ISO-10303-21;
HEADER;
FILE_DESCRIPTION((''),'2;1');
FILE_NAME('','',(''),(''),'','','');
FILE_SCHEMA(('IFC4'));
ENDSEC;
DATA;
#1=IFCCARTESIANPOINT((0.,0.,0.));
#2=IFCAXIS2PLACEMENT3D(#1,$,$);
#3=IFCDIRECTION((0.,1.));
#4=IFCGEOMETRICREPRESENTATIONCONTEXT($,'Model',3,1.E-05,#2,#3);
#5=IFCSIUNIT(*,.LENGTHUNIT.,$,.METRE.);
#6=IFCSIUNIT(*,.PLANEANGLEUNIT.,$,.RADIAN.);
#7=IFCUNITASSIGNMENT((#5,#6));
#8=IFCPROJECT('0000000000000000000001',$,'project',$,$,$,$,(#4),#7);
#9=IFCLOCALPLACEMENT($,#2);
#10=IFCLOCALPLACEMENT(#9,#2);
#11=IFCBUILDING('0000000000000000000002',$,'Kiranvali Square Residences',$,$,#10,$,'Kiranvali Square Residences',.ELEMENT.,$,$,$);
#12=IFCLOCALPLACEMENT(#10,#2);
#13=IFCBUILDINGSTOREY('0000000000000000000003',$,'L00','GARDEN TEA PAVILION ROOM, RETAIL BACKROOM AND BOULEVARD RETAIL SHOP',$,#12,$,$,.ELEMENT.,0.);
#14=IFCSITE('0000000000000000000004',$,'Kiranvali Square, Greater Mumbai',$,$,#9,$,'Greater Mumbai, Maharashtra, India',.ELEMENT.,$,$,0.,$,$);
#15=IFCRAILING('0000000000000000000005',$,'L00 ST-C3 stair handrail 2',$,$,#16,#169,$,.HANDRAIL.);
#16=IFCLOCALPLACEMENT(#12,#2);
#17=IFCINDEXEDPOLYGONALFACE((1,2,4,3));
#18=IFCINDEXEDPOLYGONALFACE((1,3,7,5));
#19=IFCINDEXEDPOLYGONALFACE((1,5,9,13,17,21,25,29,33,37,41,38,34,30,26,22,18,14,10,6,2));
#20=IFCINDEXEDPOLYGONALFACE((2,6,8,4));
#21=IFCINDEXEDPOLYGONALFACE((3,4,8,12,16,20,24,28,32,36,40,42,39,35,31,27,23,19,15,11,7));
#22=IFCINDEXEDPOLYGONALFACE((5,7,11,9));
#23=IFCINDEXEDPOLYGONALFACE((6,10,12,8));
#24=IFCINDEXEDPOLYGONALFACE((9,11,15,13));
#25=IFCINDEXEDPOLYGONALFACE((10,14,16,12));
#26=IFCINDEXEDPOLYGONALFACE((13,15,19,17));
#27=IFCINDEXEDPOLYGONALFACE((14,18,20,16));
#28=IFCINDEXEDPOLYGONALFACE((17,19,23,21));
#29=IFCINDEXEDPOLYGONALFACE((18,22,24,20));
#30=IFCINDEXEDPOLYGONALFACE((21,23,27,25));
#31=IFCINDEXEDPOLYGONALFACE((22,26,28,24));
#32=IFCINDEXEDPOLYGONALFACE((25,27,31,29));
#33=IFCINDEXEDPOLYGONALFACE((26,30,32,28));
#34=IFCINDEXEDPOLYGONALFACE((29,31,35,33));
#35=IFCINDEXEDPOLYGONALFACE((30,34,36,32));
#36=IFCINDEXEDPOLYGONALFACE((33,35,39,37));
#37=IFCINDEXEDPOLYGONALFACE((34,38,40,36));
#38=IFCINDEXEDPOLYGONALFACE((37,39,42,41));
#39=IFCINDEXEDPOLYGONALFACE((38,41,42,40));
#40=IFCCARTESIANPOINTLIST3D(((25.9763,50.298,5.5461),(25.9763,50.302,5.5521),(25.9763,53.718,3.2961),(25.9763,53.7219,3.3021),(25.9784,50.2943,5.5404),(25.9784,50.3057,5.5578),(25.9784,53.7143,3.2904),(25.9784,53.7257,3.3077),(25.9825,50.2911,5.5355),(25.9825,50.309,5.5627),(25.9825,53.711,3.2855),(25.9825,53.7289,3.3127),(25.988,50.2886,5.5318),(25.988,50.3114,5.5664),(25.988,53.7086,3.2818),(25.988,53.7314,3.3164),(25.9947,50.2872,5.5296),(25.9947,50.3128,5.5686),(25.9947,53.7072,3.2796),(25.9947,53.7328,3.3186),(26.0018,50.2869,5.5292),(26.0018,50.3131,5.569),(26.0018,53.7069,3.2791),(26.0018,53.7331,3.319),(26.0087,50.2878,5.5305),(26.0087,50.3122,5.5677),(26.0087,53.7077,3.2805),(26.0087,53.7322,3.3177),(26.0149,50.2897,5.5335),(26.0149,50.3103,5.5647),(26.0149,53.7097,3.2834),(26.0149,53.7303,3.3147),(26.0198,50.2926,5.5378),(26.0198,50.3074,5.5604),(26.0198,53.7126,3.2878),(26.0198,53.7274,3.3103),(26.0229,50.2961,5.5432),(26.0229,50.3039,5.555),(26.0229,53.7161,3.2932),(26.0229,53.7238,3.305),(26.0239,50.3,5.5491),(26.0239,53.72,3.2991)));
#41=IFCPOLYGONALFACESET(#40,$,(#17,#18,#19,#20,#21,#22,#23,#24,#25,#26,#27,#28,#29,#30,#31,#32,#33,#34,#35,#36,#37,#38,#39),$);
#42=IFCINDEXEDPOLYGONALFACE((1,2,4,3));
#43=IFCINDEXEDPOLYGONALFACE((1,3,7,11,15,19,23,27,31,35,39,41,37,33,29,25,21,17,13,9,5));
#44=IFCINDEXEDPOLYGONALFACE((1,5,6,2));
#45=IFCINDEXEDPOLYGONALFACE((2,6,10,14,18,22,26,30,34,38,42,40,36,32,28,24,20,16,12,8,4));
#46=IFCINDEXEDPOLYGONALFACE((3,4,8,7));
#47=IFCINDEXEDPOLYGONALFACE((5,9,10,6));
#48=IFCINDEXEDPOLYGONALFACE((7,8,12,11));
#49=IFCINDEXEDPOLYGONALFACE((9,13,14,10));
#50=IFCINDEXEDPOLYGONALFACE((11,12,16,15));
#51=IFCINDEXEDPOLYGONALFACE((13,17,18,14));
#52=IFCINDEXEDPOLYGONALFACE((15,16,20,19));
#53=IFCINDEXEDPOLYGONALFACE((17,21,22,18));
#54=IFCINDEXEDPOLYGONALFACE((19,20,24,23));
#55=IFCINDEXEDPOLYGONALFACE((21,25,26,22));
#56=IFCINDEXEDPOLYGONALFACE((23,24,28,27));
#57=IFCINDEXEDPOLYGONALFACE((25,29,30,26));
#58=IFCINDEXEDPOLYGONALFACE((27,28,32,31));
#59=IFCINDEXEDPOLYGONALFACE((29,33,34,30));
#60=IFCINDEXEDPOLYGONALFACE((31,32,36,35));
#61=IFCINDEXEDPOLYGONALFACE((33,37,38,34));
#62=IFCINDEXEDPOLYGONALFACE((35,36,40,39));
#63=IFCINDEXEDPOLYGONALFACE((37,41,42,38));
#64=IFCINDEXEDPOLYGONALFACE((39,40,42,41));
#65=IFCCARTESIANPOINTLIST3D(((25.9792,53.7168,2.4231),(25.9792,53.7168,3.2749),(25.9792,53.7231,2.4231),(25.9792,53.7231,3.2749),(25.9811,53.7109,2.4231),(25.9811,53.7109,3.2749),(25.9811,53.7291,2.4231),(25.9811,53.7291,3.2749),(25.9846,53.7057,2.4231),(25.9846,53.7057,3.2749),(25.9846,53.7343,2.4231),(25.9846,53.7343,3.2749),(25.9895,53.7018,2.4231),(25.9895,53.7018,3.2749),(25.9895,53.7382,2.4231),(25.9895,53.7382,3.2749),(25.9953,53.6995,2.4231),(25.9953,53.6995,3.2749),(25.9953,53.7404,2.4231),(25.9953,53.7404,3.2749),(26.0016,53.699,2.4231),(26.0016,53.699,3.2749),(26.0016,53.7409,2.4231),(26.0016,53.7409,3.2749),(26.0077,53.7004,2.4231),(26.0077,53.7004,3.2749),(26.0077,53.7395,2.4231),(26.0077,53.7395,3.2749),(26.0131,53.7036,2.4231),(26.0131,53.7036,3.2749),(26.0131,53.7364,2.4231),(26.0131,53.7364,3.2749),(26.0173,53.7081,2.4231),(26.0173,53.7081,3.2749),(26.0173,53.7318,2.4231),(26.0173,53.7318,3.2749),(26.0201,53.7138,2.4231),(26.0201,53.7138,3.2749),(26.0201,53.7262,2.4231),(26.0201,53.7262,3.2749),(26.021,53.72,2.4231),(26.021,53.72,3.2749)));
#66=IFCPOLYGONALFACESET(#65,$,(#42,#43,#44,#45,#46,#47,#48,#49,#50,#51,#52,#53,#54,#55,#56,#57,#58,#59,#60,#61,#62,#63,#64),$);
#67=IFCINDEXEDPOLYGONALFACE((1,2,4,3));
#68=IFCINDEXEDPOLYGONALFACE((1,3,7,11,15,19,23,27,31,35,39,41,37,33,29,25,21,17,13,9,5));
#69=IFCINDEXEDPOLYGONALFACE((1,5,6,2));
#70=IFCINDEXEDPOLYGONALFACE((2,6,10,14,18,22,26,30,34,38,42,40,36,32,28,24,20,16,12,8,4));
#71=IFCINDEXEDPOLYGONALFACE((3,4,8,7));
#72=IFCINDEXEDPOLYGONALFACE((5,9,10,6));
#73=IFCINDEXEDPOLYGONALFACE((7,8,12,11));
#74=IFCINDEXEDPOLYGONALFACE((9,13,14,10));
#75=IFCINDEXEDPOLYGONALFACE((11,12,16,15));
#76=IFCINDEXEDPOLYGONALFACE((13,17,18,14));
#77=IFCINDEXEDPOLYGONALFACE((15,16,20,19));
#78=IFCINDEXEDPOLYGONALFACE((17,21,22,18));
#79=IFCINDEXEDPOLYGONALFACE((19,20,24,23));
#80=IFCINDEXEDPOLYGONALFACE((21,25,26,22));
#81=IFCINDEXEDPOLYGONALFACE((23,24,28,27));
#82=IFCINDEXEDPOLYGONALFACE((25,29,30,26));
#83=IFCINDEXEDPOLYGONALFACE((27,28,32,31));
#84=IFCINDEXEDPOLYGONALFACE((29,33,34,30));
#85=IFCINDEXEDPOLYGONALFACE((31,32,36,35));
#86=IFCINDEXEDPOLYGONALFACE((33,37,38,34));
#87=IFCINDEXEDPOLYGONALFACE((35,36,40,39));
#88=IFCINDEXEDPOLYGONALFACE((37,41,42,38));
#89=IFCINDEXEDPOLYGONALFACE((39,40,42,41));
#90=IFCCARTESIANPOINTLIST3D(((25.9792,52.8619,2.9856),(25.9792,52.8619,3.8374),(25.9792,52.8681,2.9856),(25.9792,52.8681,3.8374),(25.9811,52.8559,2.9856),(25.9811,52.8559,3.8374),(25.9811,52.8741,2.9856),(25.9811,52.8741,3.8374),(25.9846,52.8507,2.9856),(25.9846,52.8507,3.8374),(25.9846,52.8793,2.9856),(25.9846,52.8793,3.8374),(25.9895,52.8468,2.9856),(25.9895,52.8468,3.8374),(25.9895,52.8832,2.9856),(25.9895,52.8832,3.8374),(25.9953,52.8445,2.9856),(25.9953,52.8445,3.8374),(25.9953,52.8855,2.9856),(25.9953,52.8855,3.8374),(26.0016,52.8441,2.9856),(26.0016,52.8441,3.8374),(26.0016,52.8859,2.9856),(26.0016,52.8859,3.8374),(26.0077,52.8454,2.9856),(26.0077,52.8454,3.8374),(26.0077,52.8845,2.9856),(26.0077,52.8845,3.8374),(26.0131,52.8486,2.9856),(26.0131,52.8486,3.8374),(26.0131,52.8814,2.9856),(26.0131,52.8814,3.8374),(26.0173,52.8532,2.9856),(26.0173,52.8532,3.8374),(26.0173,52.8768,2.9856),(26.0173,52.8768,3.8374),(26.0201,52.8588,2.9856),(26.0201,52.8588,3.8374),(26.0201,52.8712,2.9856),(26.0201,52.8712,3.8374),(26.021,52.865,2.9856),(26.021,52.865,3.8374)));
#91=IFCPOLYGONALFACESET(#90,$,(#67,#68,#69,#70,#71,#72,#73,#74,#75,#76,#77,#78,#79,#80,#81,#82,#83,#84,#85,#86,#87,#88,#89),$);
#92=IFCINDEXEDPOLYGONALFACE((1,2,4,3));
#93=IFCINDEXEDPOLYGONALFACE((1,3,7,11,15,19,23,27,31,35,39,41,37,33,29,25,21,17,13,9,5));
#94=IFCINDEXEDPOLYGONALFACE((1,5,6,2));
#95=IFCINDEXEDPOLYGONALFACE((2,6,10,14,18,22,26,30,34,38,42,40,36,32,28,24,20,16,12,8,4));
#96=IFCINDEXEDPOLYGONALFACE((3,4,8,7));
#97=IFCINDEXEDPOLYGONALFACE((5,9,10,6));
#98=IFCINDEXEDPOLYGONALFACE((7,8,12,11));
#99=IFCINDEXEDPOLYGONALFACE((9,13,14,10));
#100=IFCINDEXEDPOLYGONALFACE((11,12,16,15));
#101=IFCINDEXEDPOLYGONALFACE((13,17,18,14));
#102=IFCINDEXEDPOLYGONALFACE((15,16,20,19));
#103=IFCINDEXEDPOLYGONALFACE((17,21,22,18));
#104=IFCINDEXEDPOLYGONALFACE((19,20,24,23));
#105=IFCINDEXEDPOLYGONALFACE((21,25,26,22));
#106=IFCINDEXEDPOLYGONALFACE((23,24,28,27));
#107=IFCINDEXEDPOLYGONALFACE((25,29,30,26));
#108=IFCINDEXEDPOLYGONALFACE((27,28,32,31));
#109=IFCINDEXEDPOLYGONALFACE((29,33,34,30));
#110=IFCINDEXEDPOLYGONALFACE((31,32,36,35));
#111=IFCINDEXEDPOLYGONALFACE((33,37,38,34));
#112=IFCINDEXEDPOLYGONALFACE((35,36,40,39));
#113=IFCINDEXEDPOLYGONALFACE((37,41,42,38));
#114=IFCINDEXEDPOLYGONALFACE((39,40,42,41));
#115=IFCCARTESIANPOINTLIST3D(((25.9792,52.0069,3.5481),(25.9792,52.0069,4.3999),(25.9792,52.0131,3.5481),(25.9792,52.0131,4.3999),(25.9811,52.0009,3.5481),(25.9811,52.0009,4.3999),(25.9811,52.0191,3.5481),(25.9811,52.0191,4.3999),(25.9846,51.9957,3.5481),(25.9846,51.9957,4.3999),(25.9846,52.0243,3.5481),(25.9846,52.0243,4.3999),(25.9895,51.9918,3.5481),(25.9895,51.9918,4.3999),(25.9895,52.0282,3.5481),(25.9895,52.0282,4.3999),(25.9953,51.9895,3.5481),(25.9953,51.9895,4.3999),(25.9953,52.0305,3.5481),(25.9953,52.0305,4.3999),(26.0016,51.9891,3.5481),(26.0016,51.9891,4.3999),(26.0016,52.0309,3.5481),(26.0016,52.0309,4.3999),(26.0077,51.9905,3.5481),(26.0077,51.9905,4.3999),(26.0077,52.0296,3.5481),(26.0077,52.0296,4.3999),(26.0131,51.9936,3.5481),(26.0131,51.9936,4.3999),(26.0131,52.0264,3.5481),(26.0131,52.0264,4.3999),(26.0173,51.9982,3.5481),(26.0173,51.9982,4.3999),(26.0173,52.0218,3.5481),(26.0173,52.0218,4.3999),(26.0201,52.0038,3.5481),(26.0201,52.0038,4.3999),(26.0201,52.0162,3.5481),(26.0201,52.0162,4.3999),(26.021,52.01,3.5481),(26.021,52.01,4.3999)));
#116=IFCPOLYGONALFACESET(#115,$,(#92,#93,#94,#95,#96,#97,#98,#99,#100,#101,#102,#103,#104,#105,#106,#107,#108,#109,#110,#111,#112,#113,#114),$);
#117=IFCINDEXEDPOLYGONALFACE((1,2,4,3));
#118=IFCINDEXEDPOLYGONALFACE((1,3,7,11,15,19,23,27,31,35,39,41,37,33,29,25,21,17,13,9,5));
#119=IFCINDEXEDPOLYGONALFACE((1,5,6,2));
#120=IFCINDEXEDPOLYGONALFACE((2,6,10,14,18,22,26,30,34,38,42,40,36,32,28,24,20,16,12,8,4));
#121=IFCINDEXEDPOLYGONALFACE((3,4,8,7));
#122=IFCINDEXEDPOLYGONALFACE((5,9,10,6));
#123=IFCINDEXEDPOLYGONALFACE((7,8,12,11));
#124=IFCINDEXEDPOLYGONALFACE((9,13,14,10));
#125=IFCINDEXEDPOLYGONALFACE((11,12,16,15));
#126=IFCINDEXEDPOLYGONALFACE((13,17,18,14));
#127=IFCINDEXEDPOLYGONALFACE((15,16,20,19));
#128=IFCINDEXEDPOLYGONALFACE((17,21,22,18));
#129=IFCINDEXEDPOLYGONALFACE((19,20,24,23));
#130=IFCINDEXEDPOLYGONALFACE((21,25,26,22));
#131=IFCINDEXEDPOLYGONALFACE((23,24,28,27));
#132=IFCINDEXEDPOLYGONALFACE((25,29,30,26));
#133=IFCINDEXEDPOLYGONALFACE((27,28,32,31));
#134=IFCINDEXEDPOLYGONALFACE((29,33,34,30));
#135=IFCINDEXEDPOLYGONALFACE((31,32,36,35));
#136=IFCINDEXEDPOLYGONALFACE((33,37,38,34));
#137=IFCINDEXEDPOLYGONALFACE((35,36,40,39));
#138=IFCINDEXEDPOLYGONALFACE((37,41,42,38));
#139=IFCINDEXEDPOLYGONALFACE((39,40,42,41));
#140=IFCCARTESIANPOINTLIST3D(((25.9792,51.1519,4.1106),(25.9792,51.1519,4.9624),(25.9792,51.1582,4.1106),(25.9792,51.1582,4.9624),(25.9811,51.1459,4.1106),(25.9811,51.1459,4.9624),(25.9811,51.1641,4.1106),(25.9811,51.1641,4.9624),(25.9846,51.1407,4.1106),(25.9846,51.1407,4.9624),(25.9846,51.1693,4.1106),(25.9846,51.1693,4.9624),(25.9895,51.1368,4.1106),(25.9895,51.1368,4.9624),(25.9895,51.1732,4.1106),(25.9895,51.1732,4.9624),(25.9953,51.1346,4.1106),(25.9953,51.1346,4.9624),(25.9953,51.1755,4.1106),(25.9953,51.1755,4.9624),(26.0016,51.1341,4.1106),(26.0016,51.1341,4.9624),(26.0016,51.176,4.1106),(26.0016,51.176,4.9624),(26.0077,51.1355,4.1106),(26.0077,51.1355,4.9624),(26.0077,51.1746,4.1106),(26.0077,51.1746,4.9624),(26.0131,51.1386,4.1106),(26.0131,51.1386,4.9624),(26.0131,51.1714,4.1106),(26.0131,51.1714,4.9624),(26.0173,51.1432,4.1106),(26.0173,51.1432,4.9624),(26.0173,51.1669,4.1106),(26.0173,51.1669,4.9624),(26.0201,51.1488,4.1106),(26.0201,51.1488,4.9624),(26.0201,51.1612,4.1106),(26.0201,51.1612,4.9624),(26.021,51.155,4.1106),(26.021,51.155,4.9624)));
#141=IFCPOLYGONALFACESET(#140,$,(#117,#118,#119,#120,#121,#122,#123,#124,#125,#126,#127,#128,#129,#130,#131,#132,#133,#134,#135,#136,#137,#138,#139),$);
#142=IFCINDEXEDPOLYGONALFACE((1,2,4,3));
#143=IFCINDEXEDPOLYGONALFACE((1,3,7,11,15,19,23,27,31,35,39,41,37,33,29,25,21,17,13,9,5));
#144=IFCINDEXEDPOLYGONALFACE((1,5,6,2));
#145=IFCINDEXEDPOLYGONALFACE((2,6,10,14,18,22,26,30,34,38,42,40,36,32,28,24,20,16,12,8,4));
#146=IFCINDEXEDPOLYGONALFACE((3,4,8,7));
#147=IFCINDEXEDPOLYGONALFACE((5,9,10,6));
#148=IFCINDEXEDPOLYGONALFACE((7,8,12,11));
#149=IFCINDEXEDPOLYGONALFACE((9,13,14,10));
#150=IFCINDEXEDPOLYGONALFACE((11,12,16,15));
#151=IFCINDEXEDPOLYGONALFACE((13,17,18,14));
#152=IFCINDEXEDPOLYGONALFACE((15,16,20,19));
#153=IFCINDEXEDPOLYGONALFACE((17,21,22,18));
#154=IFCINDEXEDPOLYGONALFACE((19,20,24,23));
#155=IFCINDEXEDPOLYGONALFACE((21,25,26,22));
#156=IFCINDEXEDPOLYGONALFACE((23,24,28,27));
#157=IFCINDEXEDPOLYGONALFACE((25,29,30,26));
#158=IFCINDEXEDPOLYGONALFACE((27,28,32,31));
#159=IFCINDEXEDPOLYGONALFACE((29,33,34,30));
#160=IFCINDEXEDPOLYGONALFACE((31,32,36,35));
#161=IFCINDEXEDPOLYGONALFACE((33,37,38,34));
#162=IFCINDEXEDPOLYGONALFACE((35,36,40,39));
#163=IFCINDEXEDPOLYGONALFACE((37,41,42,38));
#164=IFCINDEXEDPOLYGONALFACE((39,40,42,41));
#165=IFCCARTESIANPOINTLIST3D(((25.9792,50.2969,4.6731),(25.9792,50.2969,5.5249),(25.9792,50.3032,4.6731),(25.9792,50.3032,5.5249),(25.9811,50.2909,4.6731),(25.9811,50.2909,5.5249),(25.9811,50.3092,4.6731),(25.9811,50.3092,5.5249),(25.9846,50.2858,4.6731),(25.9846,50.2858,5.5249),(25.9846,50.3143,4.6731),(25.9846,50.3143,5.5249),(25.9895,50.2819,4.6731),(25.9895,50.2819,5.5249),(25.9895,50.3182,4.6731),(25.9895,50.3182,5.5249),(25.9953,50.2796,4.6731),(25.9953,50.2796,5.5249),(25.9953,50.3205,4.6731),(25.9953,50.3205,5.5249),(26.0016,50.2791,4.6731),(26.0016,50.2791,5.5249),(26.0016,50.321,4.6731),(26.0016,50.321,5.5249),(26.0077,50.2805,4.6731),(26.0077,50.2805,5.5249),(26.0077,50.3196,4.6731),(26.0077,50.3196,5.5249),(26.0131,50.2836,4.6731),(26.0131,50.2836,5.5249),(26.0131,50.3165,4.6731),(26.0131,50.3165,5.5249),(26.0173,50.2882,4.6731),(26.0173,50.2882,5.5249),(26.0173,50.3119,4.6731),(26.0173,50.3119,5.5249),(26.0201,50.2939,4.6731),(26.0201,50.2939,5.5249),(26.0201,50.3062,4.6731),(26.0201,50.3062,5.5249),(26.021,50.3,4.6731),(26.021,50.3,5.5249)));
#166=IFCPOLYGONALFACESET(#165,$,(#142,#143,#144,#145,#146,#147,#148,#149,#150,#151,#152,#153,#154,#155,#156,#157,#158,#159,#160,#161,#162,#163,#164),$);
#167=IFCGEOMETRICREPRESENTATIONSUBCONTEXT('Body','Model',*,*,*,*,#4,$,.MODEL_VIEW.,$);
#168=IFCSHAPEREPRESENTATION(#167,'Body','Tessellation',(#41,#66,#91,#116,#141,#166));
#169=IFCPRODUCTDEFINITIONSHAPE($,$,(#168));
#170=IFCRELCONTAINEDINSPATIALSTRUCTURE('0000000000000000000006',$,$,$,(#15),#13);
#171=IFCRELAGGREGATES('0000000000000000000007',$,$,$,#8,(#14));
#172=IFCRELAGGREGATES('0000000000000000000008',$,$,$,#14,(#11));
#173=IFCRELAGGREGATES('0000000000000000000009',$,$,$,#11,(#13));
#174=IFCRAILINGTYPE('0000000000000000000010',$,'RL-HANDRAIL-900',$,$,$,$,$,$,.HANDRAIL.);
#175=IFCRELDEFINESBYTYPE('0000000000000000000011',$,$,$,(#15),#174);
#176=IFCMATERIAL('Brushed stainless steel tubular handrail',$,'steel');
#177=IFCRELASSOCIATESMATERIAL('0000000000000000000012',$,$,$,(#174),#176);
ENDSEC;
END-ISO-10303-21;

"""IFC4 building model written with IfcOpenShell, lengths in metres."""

from ifc_helpers import new_model, si_unit, direction, frame, origin, origin_2d, place, context, subcontext, project, spatial, circle, extrude, material, type_object, element, save


model = new_model("IFC4")

# Units and contexts
model_context = context("Model", 3, precision=1e-05, world=origin(), true_north=direction((0.0, 1.0)))
body_context = subcontext(model_context, "Body", "Model", "MODEL_VIEW")
ifc_project = project(units=[si_unit("LENGTHUNIT", "METRE"), si_unit("PLANEANGLEUNIT", "RADIAN")], contexts=[model_context])

# Site, building, storey
site_placement = place(None, origin())
site = spatial("IfcSite", under=ifc_project, at=site_placement, Name="Kiranvali Square, Greater Mumbai", LongName="Greater Mumbai, Maharashtra, India", CompositionType="ELEMENT", RefElevation=0.0)
building_placement = place(site_placement, origin())
building = spatial("IfcBuilding", under=site, at=building_placement, Name="Kiranvali Square Residences", LongName="Kiranvali Square Residences", CompositionType="ELEMENT")
storey_placement = place(building_placement, origin())
storey = spatial("IfcBuildingStorey", under=building, at=storey_placement, Name="L00", Description="GARDEN TEA PAVILION ROOM, RETAIL BACKROOM AND BOULEVARD RETAIL SHOP", CompositionType="ELEMENT", Elevation=0.0)

# Railing
ifc_material_1 = material(Name="Brushed stainless steel tubular handrail", Category="steel")
railing_type_1 = type_object("IfcRailingType", Name="RL-HANDRAIL-900", PredefinedType="HANDRAIL", material=ifc_material_1)
railing_1_placement = place(storey_placement, frame((26.0, 53.72, 2.4231)))
element("IfcRailing", 1, at=railing_1_placement, inside=storey, type_object=railing_type_1, Name="L00 ST-C3 stair handrail 2", PredefinedType="HANDRAIL", context=body_context, shape_type="SweptSolid", body=[
    extrude(circle(Radius=0.0239, at=origin_2d()), frame((0.0, 0.0, 0.876), z_axis=(0.0, -0.835411, 0.549625), x_axis=(1.0, 0.0, 0.0)), (0.0, 0.0, 1.0), 4.0938),
    extrude(circle(Radius=0.021, at=origin_2d()), origin(), (0.0, 0.0, 1.0), 0.8518),
    extrude(circle(Radius=0.021, at=origin_2d()), frame((0.0, -0.855, 0.5625)), (0.0, 0.0, 1.0), 0.8518),
    extrude(circle(Radius=0.021, at=origin_2d()), frame((0.0, -1.71, 1.125)), (0.0, 0.0, 1.0), 0.8518),
    extrude(circle(Radius=0.021, at=origin_2d()), frame((0.0, -2.5649, 1.6875)), (0.0, 0.0, 1.0), 0.8518),
    extrude(circle(Radius=0.021, at=origin_2d()), frame((0.0, -3.4199, 2.25)), (0.0, 0.0, 1.0), 0.8518),
])

save(model, "model.ifc")
